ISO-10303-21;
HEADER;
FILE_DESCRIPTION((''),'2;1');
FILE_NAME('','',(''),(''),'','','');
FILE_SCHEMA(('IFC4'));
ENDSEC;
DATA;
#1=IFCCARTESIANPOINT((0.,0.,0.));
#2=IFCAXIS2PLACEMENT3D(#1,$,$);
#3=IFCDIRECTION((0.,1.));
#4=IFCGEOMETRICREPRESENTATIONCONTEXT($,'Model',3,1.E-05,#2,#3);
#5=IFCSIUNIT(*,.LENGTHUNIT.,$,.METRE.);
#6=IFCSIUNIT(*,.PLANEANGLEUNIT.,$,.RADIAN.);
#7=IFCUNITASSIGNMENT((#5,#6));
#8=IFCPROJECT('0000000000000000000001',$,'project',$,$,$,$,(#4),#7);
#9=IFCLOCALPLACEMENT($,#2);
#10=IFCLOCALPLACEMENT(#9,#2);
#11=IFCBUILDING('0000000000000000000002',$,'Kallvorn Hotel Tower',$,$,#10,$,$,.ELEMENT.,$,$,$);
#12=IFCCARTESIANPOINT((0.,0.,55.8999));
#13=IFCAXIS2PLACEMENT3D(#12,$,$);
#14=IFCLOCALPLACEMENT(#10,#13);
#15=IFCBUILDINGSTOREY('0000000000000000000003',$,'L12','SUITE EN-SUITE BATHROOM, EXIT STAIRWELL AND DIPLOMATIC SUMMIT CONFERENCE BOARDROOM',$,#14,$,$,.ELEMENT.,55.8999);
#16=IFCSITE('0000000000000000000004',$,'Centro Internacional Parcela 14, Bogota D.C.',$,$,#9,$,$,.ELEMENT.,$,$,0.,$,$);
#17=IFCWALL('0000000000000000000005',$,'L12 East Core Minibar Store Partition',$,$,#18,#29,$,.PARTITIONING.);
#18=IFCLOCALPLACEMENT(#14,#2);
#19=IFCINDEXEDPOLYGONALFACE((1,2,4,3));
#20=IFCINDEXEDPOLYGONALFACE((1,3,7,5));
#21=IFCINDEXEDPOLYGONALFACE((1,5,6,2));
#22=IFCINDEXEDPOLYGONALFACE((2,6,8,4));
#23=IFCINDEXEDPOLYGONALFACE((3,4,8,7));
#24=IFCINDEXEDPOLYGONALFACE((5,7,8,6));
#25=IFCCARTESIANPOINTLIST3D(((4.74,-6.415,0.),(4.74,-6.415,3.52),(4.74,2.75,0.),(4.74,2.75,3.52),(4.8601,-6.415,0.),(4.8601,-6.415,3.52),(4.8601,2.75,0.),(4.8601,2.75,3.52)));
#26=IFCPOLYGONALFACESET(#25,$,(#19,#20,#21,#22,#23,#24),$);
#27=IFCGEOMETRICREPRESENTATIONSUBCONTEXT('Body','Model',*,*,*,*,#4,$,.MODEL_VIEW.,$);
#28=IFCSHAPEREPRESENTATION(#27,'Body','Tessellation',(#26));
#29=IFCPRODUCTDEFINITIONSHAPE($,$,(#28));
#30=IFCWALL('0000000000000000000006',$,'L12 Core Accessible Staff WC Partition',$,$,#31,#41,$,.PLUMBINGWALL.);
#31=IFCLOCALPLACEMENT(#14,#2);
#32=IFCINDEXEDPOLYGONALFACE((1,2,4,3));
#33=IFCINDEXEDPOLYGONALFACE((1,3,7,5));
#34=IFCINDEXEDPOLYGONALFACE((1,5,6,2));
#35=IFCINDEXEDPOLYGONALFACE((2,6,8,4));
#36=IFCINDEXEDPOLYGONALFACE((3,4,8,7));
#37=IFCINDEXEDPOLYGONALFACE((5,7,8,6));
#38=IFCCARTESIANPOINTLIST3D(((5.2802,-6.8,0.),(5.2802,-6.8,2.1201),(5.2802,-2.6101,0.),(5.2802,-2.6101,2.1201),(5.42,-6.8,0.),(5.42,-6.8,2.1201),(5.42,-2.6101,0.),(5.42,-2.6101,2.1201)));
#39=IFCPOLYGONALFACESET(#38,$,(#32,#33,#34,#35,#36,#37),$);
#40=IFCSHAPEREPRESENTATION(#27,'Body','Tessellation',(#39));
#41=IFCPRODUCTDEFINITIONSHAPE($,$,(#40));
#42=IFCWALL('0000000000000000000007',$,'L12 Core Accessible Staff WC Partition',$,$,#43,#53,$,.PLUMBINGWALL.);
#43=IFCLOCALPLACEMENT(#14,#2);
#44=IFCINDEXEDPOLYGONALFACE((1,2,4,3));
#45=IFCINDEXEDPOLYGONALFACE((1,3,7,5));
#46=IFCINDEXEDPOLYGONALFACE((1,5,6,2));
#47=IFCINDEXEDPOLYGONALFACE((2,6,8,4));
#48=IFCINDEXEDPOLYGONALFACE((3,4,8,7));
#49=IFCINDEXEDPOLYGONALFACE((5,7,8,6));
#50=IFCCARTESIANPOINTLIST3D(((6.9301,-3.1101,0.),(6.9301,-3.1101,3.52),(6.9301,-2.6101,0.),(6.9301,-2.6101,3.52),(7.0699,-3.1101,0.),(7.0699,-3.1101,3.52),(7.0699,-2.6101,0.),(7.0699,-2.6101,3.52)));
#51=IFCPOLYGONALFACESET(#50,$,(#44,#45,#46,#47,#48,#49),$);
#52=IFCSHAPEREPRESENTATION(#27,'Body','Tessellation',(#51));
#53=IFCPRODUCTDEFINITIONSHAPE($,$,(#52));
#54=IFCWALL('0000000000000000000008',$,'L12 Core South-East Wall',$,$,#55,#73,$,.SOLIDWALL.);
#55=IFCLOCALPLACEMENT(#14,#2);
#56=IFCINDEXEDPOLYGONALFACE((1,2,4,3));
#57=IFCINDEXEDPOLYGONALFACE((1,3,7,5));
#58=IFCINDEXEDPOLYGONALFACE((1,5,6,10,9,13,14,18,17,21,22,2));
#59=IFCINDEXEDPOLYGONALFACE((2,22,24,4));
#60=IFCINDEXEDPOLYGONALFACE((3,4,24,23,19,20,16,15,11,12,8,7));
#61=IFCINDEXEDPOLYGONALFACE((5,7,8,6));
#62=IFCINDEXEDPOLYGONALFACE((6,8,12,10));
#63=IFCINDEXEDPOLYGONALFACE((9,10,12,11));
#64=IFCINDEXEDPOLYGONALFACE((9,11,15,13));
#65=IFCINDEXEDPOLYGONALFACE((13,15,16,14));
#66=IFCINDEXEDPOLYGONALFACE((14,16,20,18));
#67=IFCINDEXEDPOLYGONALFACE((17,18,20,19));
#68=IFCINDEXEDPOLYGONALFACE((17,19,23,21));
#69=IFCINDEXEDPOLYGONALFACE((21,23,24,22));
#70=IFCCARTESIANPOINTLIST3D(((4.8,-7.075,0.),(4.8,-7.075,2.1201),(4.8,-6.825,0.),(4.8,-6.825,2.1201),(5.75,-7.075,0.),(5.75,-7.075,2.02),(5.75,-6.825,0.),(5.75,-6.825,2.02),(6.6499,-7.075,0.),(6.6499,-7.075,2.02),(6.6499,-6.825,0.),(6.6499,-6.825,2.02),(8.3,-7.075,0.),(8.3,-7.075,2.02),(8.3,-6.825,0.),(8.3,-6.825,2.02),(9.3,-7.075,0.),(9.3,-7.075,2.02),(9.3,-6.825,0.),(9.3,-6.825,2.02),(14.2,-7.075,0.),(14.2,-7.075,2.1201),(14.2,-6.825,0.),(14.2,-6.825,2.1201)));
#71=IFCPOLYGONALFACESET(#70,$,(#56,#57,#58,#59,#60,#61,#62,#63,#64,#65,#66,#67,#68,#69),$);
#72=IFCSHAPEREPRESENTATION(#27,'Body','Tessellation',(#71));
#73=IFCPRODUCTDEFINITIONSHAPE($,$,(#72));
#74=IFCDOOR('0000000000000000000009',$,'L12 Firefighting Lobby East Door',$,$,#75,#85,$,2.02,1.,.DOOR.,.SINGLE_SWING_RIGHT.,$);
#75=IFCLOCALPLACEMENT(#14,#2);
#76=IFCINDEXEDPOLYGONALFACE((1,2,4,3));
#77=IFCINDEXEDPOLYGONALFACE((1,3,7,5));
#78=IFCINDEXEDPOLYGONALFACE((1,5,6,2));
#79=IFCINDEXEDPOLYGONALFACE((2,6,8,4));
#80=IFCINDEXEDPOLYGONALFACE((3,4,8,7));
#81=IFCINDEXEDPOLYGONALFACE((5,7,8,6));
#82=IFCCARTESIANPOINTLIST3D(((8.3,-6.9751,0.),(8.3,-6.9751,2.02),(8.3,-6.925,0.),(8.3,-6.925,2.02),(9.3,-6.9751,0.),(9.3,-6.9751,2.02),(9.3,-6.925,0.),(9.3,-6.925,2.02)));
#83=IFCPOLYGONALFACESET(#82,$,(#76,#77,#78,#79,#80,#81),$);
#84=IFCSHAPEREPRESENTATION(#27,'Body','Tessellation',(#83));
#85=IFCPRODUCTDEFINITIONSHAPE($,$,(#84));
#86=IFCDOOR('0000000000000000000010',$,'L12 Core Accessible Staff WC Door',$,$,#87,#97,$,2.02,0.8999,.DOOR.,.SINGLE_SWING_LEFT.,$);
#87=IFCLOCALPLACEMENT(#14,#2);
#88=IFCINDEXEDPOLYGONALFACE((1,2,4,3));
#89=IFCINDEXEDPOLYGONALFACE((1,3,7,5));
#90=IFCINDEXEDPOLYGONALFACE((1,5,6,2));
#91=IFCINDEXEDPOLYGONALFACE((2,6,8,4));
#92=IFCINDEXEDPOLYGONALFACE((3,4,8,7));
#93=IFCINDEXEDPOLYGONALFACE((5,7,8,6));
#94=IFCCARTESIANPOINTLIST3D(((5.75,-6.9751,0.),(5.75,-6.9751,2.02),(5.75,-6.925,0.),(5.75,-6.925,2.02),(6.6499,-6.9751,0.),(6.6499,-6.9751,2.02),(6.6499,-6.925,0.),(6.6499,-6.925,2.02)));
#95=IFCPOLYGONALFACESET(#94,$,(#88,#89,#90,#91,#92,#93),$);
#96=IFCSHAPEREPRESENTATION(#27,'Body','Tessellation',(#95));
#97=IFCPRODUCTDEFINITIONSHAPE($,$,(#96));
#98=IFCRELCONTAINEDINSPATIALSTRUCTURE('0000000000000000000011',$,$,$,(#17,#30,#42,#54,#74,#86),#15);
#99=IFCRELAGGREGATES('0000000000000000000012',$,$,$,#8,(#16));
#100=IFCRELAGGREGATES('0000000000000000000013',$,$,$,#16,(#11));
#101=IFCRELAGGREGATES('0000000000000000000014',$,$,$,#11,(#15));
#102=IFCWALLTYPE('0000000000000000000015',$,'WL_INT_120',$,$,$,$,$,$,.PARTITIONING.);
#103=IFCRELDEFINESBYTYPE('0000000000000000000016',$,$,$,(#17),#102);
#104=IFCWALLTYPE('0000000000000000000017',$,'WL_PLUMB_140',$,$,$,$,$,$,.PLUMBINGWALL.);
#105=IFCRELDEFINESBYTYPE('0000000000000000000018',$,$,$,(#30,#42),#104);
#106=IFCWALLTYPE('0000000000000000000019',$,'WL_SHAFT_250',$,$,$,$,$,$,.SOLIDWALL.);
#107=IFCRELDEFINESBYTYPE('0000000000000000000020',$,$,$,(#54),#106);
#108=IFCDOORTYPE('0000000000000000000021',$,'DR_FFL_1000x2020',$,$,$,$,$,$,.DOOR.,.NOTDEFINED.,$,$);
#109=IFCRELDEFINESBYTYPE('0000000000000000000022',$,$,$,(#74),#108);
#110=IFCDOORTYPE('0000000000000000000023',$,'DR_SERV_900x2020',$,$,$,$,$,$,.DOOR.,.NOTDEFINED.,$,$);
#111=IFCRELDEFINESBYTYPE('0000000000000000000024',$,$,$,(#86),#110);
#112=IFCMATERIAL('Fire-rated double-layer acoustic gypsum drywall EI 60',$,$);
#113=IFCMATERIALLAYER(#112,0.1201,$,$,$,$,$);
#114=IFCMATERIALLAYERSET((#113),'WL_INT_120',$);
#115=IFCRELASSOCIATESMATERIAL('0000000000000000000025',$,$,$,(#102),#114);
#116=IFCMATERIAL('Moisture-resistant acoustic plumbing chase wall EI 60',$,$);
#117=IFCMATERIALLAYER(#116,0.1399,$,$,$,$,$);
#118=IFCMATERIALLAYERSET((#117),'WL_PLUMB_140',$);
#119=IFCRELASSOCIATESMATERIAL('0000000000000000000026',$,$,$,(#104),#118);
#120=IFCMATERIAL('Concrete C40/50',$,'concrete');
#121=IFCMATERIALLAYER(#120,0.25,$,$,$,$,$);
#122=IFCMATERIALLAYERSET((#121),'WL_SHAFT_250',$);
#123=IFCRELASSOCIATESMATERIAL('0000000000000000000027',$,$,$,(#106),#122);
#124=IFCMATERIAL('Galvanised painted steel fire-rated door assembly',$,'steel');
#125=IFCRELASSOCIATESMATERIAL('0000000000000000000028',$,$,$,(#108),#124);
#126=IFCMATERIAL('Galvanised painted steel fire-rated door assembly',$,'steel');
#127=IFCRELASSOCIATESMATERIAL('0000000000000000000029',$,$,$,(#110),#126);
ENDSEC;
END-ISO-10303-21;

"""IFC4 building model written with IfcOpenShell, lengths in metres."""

from ifc_helpers import new_model, si_unit, direction, frame, frame_2d, origin, place, context, subcontext, project, spatial, rectangle, extrude, material, layer, layer_set, type_object, element, fill, save


model = new_model("IFC4")

# Units and contexts
model_context = context("Model", 3, precision=1e-05, world=origin(), true_north=direction((0.0, 1.0)))
body_context = subcontext(model_context, "Body", "Model", "MODEL_VIEW")
ifc_project = project(units=[si_unit("LENGTHUNIT", "METRE"), si_unit("PLANEANGLEUNIT", "RADIAN")], contexts=[model_context])

# Site, building, storey
site_placement = place(None, origin())
site = spatial("IfcSite", under=ifc_project, at=site_placement, Name="Centro Internacional Parcela 14, Bogota D.C.", CompositionType="ELEMENT", RefElevation=0.0)
building_placement = place(site_placement, origin())
building = spatial("IfcBuilding", under=site, at=building_placement, Name="Kallvorn Hotel Tower", CompositionType="ELEMENT")
storey_placement = place(building_placement, frame((0.0, 0.0, 55.8999)))
storey = spatial("IfcBuildingStorey", under=building, at=storey_placement, Name="L12", Description="SUITE EN-SUITE BATHROOM, EXIT STAIRWELL AND DIPLOMATIC SUMMIT CONFERENCE BOARDROOM", CompositionType="ELEMENT", Elevation=55.8999)

# Shared definitions
ifc_material_1 = material(Name="Fire-rated double-layer acoustic gypsum drywall EI 60")
ifc_layer_1 = layer(ifc_material_1, 0.1201)
ifc_layer_set_1 = layer_set([ifc_layer_1], Name="WL_INT_120")
wall_type_1 = type_object("IfcWallType", Name="WL_INT_120", PredefinedType="PARTITIONING", material=ifc_layer_set_1)

# Walls
wall_1_placement = place(storey_placement, frame((4.8, -6.415, 0.0), z_axis=(0.0, 0.0, 1.0), x_axis=(0.0, 1.0, 0.0)))
element("IfcWall", 1, at=wall_1_placement, inside=storey, type_object=wall_type_1, Name="L12 East Core Minibar Store Partition", PredefinedType="PARTITIONING", context=body_context, shape_type="SweptSolid", body=[
    extrude(rectangle(XDim=9.165, YDim=0.1201, at=frame_2d((4.5825, 0.0))), origin(), (0.0, 0.0, 1.0), 3.52),
])
ifc_material_2 = material(Name="Moisture-resistant acoustic plumbing chase wall EI 60")
ifc_layer_2 = layer(ifc_material_2, 0.1399)
ifc_layer_set_2 = layer_set([ifc_layer_2], Name="WL_PLUMB_140")
wall_type_2 = type_object("IfcWallType", Name="WL_PLUMB_140", PredefinedType="PLUMBINGWALL", material=ifc_layer_set_2)
wall_2_placement = place(storey_placement, frame((5.3501, -6.8, 0.0), z_axis=(0.0, 0.0, 1.0), x_axis=(0.0, 1.0, 0.0)))
element("IfcWall", 2, at=wall_2_placement, inside=storey, type_object=wall_type_2, Name="L12 Core Accessible Staff WC Partition", PredefinedType="PLUMBINGWALL", context=body_context, shape_type="SweptSolid", body=[
    extrude(rectangle(XDim=4.1899, YDim=0.1399, at=frame_2d((2.095, 0.0))), origin(), (0.0, 0.0, 1.0), 2.1201),
])
wall_3_placement = place(storey_placement, frame((7.0, -3.1101, 0.0), z_axis=(0.0, 0.0, 1.0), x_axis=(0.0, 1.0, 0.0)))
element("IfcWall", 3, at=wall_3_placement, inside=storey, type_object=wall_type_2, Name="L12 Core Accessible Staff WC Partition", PredefinedType="PLUMBINGWALL", context=body_context, shape_type="SweptSolid", body=[
    extrude(rectangle(XDim=0.5, YDim=0.1399, at=frame_2d((0.25, 0.0))), origin(), (0.0, 0.0, 1.0), 3.52),
])

# Wall, openings, doors
ifc_material_3 = material(Name="Concrete C40/50", Category="concrete")
ifc_layer_3 = layer(ifc_material_3, 0.25)
ifc_layer_set_3 = layer_set([ifc_layer_3], Name="WL_SHAFT_250")
wall_type_3 = type_object("IfcWallType", Name="WL_SHAFT_250", PredefinedType="SOLIDWALL", material=ifc_layer_set_3)
wall_4_placement = place(storey_placement, frame((4.8, -6.95, 0.0), z_axis=(0.0, 0.0, 1.0), x_axis=(1.0, 0.0, 0.0)))
wall_4 = element("IfcWall", 4, at=wall_4_placement, inside=storey, type_object=wall_type_3, Name="L12 Core South-East Wall", PredefinedType="SOLIDWALL", context=body_context, shape_type="SweptSolid", body=[
    extrude(rectangle(XDim=9.3999, YDim=0.25, at=frame_2d((4.7, 0.0))), origin(), (0.0, 0.0, 1.0), 2.1201),
])
opening_1_placement = place(wall_4_placement, frame((3.5, 0.0, 0.0)))
opening_1 = element("IfcOpeningElement", 5, at=opening_1_placement, cuts=wall_4, PredefinedType="OPENING", context=body_context, shape_type="SweptSolid", body=[
    extrude(rectangle(XDim=1.0, YDim=2.02, at=frame_2d((0.5, 1.01))), frame((0.0, 0.1399, 0.0), z_axis=(0.0, -1.0, 0.0), x_axis=(1.0, 0.0, 0.0)), (0.0, 0.0, 1.0), 0.28),
])
opening_2_placement = place(wall_4_placement, frame((0.95, 0.0, 0.0)))
opening_2 = element("IfcOpeningElement", 6, at=opening_2_placement, cuts=wall_4, PredefinedType="OPENING", context=body_context, shape_type="SweptSolid", body=[
    extrude(rectangle(XDim=0.8999, YDim=2.02, at=frame_2d((0.45, 1.01))), frame((0.0, 0.1399, 0.0), z_axis=(0.0, -1.0, 0.0), x_axis=(1.0, 0.0, 0.0)), (0.0, 0.0, 1.0), 0.28),
])
ifc_material_4 = material(Name="Galvanised painted steel fire-rated door assembly", Category="steel")
door_type_1 = type_object("IfcDoorType", Name="DR_FFL_1000x2020", OperationType="NOTDEFINED", PredefinedType="DOOR", material=ifc_material_4)
door_1_placement = place(opening_1_placement, origin())
door_1 = element("IfcDoor", 7, at=door_1_placement, inside=storey, type_object=door_type_1, Name="L12 Firefighting Lobby East Door", OperationType="SINGLE_SWING_RIGHT", OverallHeight=2.02, OverallWidth=1.0, PredefinedType="DOOR", context=body_context, shape_type="SweptSolid", body=[
    extrude(rectangle(XDim=1.0, YDim=2.02, at=frame_2d((0.5, 1.01))), frame((0.0, 0.0249, 0.0), z_axis=(0.0, -1.0, 0.0), x_axis=(1.0, 0.0, 0.0)), (0.0, 0.0, 1.0), 0.05),
])
fill(opening_1, door_1)
ifc_material_5 = material(Name="Galvanised painted steel fire-rated door assembly", Category="steel")
door_type_2 = type_object("IfcDoorType", Name="DR_SERV_900x2020", OperationType="NOTDEFINED", PredefinedType="DOOR", material=ifc_material_5)
door_2_placement = place(opening_2_placement, origin())
door_2 = element("IfcDoor", 8, at=door_2_placement, inside=storey, type_object=door_type_2, Name="L12 Core Accessible Staff WC Door", OperationType="SINGLE_SWING_LEFT", OverallHeight=2.02, OverallWidth=0.8999, PredefinedType="DOOR", context=body_context, shape_type="SweptSolid", body=[
    extrude(rectangle(XDim=0.8999, YDim=2.02, at=frame_2d((0.45, 1.01))), frame((0.0, 0.0249, 0.0), z_axis=(0.0, -1.0, 0.0), x_axis=(1.0, 0.0, 0.0)), (0.0, 0.0, 1.0), 0.05),
])
fill(opening_2, door_2)

save(model, "model.ifc")
